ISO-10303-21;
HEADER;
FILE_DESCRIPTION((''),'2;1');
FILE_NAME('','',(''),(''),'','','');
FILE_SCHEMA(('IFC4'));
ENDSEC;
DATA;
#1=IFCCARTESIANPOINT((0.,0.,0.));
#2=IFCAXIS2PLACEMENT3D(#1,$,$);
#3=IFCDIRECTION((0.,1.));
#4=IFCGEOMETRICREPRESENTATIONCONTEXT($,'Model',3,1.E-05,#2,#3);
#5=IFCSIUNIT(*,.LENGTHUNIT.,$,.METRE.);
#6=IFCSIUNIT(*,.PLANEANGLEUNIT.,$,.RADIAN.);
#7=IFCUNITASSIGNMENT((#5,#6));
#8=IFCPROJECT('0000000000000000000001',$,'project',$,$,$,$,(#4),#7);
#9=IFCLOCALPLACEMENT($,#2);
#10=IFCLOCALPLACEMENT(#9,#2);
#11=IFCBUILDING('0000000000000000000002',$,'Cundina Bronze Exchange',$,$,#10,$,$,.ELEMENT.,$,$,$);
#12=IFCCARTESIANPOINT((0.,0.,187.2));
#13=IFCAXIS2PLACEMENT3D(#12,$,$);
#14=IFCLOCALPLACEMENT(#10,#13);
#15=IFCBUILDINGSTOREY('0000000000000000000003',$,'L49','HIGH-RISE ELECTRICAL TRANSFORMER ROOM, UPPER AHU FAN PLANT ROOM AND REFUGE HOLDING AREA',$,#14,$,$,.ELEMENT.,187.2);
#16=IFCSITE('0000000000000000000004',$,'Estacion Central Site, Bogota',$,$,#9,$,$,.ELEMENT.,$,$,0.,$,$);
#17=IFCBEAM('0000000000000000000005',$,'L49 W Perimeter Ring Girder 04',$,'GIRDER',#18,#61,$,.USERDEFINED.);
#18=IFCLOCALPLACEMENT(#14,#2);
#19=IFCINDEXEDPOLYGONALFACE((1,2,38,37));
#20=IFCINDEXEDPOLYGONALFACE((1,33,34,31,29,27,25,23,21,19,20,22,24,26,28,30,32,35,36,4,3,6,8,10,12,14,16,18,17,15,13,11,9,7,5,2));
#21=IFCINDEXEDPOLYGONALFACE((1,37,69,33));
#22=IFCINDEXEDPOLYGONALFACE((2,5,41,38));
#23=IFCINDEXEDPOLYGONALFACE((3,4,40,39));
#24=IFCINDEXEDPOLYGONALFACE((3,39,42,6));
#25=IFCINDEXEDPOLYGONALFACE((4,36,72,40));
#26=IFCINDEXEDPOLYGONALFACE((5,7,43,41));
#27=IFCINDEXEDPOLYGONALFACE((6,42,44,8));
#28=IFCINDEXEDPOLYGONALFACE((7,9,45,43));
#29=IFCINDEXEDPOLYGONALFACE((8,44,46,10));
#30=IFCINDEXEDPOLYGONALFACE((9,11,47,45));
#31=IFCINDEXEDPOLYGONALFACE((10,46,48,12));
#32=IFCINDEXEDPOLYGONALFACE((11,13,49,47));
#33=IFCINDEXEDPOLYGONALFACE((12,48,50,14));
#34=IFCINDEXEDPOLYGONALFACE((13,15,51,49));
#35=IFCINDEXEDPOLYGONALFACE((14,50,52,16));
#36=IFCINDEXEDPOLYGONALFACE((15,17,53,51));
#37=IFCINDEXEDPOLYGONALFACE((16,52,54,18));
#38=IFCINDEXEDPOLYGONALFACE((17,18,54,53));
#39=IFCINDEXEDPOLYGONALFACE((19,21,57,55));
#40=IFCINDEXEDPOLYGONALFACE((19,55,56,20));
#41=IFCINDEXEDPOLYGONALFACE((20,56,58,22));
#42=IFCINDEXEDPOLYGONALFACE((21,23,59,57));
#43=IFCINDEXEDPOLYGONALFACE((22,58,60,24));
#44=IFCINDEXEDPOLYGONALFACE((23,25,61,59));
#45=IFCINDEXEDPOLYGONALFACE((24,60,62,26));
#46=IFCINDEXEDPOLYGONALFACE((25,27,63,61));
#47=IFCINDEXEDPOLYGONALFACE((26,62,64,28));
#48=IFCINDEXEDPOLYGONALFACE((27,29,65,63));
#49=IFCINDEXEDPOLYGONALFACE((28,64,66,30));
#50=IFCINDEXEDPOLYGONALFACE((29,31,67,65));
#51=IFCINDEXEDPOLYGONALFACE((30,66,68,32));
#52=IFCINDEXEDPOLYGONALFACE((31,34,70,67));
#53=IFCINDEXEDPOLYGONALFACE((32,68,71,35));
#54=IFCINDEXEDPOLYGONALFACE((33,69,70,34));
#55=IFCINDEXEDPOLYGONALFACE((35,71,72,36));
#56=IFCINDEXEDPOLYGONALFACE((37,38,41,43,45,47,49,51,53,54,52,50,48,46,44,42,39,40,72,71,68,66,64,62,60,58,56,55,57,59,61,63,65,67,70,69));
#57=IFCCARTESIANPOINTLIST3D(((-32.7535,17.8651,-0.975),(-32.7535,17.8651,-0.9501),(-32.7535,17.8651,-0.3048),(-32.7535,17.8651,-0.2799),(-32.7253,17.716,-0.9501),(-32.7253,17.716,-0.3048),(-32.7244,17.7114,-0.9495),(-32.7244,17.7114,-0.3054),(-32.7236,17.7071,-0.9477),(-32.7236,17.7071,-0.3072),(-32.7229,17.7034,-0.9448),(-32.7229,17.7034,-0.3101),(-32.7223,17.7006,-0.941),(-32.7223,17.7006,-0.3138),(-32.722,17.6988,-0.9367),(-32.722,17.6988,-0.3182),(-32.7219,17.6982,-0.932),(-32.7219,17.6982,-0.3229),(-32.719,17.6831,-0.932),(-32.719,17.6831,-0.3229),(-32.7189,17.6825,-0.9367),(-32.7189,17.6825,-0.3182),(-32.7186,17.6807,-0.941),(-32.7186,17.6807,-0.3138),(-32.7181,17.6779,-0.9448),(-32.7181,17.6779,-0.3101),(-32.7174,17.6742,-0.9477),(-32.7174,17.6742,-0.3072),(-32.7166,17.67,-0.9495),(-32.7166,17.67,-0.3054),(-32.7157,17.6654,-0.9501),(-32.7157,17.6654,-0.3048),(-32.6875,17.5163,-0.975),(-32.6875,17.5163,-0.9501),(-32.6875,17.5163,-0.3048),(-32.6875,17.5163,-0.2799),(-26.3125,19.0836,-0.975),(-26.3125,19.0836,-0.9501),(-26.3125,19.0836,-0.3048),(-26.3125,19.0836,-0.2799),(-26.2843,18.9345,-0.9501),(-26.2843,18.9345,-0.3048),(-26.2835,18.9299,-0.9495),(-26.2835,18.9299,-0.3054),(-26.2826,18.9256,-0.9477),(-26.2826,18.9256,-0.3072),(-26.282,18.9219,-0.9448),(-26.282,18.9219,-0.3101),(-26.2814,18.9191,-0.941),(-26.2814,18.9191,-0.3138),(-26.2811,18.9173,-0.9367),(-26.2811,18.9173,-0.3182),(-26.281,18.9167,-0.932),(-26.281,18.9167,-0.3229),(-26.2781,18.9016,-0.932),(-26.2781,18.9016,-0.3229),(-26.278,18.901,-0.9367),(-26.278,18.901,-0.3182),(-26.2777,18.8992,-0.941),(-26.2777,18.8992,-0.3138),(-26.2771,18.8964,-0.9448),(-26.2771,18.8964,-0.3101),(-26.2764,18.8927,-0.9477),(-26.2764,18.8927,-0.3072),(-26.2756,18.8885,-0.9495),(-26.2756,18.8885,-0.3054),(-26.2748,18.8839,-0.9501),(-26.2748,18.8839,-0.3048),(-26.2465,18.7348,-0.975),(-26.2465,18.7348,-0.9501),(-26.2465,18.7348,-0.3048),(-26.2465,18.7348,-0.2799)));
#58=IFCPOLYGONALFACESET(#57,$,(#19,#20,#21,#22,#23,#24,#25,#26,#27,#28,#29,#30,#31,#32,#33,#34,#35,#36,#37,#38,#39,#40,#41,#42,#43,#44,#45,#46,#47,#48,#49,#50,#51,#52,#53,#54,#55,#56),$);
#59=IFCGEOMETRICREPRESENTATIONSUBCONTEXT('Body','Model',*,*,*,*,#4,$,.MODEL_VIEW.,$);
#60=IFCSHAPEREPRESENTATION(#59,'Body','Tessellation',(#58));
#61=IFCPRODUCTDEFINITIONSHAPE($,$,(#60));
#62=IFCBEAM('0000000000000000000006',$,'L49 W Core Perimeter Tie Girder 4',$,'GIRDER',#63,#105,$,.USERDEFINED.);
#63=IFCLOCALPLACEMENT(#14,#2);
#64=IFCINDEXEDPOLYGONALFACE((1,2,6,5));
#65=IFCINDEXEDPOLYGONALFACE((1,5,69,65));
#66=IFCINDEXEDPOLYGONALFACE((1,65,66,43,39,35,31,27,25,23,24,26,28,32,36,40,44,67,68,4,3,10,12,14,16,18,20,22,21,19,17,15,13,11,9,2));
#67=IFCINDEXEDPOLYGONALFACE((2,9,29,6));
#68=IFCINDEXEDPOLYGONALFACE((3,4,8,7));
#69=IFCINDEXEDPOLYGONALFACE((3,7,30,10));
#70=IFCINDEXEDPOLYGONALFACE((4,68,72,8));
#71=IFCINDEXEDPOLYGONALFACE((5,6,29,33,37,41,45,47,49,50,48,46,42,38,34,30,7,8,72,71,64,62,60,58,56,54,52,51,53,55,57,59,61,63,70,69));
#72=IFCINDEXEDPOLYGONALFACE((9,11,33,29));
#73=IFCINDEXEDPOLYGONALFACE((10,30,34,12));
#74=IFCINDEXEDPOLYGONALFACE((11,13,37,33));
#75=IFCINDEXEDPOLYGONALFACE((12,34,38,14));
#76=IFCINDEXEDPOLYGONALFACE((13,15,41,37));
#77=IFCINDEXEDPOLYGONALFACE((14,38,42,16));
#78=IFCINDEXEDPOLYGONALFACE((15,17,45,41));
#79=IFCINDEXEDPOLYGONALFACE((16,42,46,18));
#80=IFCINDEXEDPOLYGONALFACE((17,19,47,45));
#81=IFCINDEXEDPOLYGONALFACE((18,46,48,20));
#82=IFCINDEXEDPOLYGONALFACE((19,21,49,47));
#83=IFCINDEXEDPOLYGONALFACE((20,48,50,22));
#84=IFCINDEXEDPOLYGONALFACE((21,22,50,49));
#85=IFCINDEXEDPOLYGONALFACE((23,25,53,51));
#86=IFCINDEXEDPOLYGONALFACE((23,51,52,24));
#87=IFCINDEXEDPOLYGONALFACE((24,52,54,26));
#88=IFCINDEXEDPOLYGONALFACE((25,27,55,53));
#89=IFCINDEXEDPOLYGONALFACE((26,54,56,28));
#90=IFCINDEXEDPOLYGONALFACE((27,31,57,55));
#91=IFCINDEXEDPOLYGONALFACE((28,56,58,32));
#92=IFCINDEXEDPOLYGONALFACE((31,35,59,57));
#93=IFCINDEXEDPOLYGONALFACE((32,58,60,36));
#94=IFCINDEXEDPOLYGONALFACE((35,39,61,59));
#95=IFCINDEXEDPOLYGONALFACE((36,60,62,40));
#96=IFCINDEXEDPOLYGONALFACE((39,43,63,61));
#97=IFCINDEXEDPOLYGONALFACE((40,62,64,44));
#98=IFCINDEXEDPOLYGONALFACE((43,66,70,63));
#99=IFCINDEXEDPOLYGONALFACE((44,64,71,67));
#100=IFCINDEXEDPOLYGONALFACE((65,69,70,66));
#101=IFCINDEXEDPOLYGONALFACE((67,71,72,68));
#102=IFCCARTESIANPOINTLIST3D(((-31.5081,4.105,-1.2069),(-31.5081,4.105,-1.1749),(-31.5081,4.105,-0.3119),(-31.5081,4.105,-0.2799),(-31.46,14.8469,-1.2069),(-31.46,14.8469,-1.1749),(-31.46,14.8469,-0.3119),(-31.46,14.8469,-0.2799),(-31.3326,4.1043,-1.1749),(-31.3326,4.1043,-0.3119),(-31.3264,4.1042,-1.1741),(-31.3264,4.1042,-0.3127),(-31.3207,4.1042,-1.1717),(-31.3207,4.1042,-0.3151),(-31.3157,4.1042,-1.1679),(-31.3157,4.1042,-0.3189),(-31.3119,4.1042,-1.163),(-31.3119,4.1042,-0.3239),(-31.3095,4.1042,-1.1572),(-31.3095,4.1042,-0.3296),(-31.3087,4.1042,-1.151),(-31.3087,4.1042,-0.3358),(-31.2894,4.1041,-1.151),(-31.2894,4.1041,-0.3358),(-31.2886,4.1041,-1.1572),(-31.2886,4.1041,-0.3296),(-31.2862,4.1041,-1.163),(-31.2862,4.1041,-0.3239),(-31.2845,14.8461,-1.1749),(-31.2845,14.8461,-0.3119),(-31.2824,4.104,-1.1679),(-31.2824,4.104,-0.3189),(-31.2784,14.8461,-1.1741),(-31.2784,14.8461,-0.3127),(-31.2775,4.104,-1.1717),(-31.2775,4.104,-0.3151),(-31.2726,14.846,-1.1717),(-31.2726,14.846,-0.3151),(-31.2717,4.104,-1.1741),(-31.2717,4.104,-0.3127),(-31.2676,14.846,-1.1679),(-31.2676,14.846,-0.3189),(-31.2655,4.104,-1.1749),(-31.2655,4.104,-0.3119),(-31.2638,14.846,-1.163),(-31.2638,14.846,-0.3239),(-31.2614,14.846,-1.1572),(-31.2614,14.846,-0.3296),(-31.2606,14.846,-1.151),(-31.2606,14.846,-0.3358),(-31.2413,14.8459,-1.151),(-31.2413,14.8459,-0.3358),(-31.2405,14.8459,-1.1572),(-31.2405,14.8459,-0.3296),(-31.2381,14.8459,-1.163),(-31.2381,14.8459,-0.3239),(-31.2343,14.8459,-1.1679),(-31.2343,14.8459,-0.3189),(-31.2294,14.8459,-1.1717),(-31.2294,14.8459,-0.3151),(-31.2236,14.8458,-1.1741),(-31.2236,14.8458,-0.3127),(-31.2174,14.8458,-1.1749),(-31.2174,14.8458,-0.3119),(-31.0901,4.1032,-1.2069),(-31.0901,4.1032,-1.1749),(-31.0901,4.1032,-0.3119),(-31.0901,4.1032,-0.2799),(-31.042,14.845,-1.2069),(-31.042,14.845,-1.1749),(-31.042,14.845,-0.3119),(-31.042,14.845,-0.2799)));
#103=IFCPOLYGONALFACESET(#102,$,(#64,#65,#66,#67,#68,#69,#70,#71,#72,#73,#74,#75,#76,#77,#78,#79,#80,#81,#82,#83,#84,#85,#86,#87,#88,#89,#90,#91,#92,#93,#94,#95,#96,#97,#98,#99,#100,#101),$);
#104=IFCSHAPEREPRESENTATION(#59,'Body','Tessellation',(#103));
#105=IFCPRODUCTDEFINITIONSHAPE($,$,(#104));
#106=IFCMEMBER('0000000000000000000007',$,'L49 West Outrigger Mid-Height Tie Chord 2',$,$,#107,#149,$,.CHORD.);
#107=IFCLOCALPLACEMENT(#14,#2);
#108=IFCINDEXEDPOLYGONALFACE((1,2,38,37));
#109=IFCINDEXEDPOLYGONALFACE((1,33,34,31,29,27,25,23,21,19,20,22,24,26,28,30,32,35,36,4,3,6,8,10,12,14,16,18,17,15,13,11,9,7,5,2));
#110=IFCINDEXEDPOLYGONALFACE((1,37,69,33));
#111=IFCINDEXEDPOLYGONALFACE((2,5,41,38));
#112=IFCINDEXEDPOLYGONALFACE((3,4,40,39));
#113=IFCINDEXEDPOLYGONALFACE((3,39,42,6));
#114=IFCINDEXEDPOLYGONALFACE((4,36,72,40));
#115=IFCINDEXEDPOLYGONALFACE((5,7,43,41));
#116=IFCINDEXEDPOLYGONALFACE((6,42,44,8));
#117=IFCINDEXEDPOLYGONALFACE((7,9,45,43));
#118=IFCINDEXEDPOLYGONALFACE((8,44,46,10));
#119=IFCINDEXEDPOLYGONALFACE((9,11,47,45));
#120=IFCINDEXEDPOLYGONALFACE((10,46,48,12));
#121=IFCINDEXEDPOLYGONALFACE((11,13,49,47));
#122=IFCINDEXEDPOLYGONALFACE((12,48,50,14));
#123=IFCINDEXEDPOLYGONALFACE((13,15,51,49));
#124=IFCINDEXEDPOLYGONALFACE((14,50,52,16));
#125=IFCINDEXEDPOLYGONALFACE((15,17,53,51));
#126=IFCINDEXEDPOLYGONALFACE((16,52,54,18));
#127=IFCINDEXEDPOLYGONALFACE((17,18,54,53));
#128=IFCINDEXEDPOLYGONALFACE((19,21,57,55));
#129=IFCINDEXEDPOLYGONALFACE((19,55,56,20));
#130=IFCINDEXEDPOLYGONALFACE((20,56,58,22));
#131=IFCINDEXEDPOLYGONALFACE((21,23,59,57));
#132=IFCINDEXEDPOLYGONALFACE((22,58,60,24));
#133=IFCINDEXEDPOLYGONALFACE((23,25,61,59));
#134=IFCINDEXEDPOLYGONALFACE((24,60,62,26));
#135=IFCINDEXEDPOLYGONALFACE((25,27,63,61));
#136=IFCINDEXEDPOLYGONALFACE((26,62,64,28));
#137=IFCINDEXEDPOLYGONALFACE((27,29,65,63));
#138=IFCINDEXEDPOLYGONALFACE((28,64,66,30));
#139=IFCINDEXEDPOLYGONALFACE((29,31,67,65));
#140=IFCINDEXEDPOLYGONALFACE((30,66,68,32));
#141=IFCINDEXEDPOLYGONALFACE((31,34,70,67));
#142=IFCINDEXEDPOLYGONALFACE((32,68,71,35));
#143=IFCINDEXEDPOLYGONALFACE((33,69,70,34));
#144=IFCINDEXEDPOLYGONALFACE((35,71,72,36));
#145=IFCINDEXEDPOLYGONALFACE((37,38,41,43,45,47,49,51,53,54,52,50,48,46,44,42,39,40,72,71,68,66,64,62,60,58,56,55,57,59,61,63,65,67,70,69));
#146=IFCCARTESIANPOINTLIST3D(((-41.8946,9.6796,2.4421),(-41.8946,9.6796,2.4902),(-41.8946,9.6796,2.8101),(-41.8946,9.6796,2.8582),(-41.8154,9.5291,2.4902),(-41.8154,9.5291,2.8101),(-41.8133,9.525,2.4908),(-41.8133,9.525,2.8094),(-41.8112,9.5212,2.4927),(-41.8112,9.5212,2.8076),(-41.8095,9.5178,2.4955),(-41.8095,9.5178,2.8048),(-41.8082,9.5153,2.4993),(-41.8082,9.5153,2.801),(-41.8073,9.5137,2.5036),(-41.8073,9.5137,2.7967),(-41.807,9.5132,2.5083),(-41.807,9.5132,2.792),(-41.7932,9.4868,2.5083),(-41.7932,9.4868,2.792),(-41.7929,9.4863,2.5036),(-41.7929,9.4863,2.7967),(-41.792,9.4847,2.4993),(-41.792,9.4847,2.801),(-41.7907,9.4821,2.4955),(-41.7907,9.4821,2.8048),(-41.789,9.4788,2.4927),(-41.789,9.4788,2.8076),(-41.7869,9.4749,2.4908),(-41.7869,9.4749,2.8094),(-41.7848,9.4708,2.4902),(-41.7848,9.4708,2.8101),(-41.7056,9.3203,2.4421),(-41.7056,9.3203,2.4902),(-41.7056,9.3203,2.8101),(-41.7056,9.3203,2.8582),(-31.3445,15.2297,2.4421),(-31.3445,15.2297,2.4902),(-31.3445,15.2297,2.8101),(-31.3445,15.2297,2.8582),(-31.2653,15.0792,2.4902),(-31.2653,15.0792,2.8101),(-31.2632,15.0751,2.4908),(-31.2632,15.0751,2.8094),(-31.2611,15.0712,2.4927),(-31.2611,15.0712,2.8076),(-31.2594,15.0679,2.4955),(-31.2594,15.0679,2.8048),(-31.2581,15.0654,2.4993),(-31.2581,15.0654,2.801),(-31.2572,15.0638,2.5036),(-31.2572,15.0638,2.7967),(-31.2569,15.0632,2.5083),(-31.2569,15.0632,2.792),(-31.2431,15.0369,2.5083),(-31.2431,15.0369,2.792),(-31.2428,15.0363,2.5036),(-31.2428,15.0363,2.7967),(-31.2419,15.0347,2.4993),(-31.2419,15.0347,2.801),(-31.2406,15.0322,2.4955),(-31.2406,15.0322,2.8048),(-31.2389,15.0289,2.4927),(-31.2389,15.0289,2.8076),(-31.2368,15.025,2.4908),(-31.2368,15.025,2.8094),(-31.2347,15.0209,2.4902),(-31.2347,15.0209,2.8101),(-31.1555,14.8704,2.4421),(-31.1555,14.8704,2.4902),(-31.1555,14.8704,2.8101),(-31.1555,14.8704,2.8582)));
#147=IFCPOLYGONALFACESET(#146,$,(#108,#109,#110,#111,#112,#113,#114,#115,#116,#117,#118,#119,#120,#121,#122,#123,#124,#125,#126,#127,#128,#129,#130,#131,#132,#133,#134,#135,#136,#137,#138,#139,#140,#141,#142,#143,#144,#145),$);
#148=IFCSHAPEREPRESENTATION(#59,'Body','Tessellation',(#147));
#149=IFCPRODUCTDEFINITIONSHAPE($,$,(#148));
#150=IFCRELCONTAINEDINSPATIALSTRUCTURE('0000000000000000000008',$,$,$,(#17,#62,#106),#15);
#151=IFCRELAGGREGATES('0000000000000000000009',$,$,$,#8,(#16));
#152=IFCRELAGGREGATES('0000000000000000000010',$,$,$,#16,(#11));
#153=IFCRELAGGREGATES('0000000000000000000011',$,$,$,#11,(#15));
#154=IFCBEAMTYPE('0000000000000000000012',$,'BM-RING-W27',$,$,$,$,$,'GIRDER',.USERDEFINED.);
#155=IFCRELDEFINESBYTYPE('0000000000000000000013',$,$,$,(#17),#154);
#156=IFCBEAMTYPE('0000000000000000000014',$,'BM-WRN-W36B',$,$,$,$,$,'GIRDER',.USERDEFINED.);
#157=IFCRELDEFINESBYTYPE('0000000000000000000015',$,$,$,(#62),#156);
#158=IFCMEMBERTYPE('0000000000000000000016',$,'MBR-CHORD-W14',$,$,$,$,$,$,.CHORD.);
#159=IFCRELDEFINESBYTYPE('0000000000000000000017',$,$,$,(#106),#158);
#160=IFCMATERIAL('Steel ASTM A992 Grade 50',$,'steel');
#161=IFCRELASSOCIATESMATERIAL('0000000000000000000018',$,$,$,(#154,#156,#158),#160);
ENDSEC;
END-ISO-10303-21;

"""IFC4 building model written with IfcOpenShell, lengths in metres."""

from ifc_helpers import new_model, si_unit, direction, frame, origin, origin_2d, place, context, subcontext, project, spatial, i_section, extrude, material, material_profile, profile_set, type_object, element, save


model = new_model("IFC4")

# Units and contexts
model_context = context("Model", 3, precision=1e-05, world=origin(), true_north=direction((0.0, 1.0)))
body_context = subcontext(model_context, "Body", "Model", "MODEL_VIEW")
ifc_project = project(units=[si_unit("LENGTHUNIT", "METRE"), si_unit("PLANEANGLEUNIT", "RADIAN")], contexts=[model_context])

# Site, building, storey
site_placement = place(None, origin())
site = spatial("IfcSite", under=ifc_project, at=site_placement, Name="Estacion Central Site, Bogota", CompositionType="ELEMENT", RefElevation=0.0)
building_placement = place(site_placement, origin())
building = spatial("IfcBuilding", under=site, at=building_placement, Name="Cundina Bronze Exchange", CompositionType="ELEMENT")
storey_placement = place(building_placement, frame((0.0, 0.0, 187.2)))
storey = spatial("IfcBuildingStorey", under=building, at=storey_placement, Name="L49", Description="HIGH-RISE ELECTRICAL TRANSFORMER ROOM, UPPER AHU FAN PLANT ROOM AND REFUGE HOLDING AREA", CompositionType="ELEMENT", Elevation=187.2)

# Shared definitions
ifc_material_1 = material(Name="Steel ASTM A992 Grade 50", Category="steel")

# Beams
ifc_material_profile_1 = material_profile(ifc_material_1, i_section(OverallWidth=0.355, OverallDepth=0.6951, WebThickness=0.0154, FlangeThickness=0.0249, FilletRadius=0.0181, at=origin_2d()), Name="W27X146", Category="steel")
ifc_profile_set_1 = profile_set([ifc_material_profile_1], Name="Steel ASTM A992 Grade 50")
beam_type_1 = type_object("IfcBeamType", Name="BM-RING-W27", ElementType="GIRDER", PredefinedType="USERDEFINED", material=ifc_profile_set_1)
beam_1_placement = place(storey_placement, frame((-26.2795, 18.9092, -0.6274), z_axis=(-0.982572, -0.185885, 0.0), x_axis=(0.185885, -0.982572, 0.0)))
element("IfcBeam", 1, at=beam_1_placement, inside=storey, type_object=beam_type_1, Name="L49 W Perimeter Ring Girder 04", ObjectType="GIRDER", PredefinedType="USERDEFINED", context=body_context, shape_type="SweptSolid", body=[
    extrude(i_section(OverallWidth=0.355, OverallDepth=0.6951, WebThickness=0.0154, FlangeThickness=0.0249, FilletRadius=0.0181, at=origin_2d()), origin(), (0.0, 0.0, 1.0), 6.5552),
])
ifc_material_profile_2 = material_profile(ifc_material_1, i_section(OverallWidth=0.418, OverallDepth=0.927, WebThickness=0.0193, FlangeThickness=0.032, FilletRadius=0.0239, at=origin_2d()), Name="W36X231", Category="steel")
ifc_profile_set_2 = profile_set([ifc_material_profile_2], Name="Steel ASTM A992 Grade 50")
beam_type_2 = type_object("IfcBeamType", Name="BM-WRN-W36B", ElementType="GIRDER", PredefinedType="USERDEFINED", material=ifc_profile_set_2)
beam_2_placement = place(storey_placement, frame((-31.251, 14.8459, -0.7434), z_axis=(-0.004477, -0.99999, 0.0), x_axis=(0.99999, -0.004477, 0.0)))
element("IfcBeam", 2, at=beam_2_placement, inside=storey, type_object=beam_type_2, Name="L49 W Core Perimeter Tie Girder 4", ObjectType="GIRDER", PredefinedType="USERDEFINED", context=body_context, shape_type="SweptSolid", body=[
    extrude(i_section(OverallWidth=0.418, OverallDepth=0.927, WebThickness=0.0193, FlangeThickness=0.032, FilletRadius=0.0239, at=origin_2d()), origin(), (0.0, 0.0, 1.0), 10.7419),
])

# Member
ifc_material_profile_3 = material_profile(ifc_material_1, i_section(OverallWidth=0.406, OverallDepth=0.416, WebThickness=0.0298, FlangeThickness=0.0481, FilletRadius=0.0181, at=origin_2d()), Name="W14X257", Category="steel")
ifc_profile_set_3 = profile_set([ifc_material_profile_3], Name="Steel ASTM A992 Grade 50")
member_type_1 = type_object("IfcMemberType", Name="MBR-CHORD-W14", PredefinedType="CHORD", material=ifc_profile_set_3)
member_1_placement = place(storey_placement, frame((-31.25, 15.05, 2.6501), z_axis=(-0.885008, -0.465575, 0.0), x_axis=(0.465575, -0.885008, 0.0)))
element("IfcMember", 3, at=member_1_placement, inside=storey, type_object=member_type_1, Name="L49 West Outrigger Mid-Height Tie Chord 2", PredefinedType="CHORD", context=body_context, shape_type="SweptSolid", body=[
    extrude(i_section(OverallWidth=0.406, OverallDepth=0.416, WebThickness=0.0298, FlangeThickness=0.0481, FilletRadius=0.0181, at=origin_2d()), origin(), (0.0, 0.0, 1.0), 11.9209),
])

save(model, "model.ifc")
